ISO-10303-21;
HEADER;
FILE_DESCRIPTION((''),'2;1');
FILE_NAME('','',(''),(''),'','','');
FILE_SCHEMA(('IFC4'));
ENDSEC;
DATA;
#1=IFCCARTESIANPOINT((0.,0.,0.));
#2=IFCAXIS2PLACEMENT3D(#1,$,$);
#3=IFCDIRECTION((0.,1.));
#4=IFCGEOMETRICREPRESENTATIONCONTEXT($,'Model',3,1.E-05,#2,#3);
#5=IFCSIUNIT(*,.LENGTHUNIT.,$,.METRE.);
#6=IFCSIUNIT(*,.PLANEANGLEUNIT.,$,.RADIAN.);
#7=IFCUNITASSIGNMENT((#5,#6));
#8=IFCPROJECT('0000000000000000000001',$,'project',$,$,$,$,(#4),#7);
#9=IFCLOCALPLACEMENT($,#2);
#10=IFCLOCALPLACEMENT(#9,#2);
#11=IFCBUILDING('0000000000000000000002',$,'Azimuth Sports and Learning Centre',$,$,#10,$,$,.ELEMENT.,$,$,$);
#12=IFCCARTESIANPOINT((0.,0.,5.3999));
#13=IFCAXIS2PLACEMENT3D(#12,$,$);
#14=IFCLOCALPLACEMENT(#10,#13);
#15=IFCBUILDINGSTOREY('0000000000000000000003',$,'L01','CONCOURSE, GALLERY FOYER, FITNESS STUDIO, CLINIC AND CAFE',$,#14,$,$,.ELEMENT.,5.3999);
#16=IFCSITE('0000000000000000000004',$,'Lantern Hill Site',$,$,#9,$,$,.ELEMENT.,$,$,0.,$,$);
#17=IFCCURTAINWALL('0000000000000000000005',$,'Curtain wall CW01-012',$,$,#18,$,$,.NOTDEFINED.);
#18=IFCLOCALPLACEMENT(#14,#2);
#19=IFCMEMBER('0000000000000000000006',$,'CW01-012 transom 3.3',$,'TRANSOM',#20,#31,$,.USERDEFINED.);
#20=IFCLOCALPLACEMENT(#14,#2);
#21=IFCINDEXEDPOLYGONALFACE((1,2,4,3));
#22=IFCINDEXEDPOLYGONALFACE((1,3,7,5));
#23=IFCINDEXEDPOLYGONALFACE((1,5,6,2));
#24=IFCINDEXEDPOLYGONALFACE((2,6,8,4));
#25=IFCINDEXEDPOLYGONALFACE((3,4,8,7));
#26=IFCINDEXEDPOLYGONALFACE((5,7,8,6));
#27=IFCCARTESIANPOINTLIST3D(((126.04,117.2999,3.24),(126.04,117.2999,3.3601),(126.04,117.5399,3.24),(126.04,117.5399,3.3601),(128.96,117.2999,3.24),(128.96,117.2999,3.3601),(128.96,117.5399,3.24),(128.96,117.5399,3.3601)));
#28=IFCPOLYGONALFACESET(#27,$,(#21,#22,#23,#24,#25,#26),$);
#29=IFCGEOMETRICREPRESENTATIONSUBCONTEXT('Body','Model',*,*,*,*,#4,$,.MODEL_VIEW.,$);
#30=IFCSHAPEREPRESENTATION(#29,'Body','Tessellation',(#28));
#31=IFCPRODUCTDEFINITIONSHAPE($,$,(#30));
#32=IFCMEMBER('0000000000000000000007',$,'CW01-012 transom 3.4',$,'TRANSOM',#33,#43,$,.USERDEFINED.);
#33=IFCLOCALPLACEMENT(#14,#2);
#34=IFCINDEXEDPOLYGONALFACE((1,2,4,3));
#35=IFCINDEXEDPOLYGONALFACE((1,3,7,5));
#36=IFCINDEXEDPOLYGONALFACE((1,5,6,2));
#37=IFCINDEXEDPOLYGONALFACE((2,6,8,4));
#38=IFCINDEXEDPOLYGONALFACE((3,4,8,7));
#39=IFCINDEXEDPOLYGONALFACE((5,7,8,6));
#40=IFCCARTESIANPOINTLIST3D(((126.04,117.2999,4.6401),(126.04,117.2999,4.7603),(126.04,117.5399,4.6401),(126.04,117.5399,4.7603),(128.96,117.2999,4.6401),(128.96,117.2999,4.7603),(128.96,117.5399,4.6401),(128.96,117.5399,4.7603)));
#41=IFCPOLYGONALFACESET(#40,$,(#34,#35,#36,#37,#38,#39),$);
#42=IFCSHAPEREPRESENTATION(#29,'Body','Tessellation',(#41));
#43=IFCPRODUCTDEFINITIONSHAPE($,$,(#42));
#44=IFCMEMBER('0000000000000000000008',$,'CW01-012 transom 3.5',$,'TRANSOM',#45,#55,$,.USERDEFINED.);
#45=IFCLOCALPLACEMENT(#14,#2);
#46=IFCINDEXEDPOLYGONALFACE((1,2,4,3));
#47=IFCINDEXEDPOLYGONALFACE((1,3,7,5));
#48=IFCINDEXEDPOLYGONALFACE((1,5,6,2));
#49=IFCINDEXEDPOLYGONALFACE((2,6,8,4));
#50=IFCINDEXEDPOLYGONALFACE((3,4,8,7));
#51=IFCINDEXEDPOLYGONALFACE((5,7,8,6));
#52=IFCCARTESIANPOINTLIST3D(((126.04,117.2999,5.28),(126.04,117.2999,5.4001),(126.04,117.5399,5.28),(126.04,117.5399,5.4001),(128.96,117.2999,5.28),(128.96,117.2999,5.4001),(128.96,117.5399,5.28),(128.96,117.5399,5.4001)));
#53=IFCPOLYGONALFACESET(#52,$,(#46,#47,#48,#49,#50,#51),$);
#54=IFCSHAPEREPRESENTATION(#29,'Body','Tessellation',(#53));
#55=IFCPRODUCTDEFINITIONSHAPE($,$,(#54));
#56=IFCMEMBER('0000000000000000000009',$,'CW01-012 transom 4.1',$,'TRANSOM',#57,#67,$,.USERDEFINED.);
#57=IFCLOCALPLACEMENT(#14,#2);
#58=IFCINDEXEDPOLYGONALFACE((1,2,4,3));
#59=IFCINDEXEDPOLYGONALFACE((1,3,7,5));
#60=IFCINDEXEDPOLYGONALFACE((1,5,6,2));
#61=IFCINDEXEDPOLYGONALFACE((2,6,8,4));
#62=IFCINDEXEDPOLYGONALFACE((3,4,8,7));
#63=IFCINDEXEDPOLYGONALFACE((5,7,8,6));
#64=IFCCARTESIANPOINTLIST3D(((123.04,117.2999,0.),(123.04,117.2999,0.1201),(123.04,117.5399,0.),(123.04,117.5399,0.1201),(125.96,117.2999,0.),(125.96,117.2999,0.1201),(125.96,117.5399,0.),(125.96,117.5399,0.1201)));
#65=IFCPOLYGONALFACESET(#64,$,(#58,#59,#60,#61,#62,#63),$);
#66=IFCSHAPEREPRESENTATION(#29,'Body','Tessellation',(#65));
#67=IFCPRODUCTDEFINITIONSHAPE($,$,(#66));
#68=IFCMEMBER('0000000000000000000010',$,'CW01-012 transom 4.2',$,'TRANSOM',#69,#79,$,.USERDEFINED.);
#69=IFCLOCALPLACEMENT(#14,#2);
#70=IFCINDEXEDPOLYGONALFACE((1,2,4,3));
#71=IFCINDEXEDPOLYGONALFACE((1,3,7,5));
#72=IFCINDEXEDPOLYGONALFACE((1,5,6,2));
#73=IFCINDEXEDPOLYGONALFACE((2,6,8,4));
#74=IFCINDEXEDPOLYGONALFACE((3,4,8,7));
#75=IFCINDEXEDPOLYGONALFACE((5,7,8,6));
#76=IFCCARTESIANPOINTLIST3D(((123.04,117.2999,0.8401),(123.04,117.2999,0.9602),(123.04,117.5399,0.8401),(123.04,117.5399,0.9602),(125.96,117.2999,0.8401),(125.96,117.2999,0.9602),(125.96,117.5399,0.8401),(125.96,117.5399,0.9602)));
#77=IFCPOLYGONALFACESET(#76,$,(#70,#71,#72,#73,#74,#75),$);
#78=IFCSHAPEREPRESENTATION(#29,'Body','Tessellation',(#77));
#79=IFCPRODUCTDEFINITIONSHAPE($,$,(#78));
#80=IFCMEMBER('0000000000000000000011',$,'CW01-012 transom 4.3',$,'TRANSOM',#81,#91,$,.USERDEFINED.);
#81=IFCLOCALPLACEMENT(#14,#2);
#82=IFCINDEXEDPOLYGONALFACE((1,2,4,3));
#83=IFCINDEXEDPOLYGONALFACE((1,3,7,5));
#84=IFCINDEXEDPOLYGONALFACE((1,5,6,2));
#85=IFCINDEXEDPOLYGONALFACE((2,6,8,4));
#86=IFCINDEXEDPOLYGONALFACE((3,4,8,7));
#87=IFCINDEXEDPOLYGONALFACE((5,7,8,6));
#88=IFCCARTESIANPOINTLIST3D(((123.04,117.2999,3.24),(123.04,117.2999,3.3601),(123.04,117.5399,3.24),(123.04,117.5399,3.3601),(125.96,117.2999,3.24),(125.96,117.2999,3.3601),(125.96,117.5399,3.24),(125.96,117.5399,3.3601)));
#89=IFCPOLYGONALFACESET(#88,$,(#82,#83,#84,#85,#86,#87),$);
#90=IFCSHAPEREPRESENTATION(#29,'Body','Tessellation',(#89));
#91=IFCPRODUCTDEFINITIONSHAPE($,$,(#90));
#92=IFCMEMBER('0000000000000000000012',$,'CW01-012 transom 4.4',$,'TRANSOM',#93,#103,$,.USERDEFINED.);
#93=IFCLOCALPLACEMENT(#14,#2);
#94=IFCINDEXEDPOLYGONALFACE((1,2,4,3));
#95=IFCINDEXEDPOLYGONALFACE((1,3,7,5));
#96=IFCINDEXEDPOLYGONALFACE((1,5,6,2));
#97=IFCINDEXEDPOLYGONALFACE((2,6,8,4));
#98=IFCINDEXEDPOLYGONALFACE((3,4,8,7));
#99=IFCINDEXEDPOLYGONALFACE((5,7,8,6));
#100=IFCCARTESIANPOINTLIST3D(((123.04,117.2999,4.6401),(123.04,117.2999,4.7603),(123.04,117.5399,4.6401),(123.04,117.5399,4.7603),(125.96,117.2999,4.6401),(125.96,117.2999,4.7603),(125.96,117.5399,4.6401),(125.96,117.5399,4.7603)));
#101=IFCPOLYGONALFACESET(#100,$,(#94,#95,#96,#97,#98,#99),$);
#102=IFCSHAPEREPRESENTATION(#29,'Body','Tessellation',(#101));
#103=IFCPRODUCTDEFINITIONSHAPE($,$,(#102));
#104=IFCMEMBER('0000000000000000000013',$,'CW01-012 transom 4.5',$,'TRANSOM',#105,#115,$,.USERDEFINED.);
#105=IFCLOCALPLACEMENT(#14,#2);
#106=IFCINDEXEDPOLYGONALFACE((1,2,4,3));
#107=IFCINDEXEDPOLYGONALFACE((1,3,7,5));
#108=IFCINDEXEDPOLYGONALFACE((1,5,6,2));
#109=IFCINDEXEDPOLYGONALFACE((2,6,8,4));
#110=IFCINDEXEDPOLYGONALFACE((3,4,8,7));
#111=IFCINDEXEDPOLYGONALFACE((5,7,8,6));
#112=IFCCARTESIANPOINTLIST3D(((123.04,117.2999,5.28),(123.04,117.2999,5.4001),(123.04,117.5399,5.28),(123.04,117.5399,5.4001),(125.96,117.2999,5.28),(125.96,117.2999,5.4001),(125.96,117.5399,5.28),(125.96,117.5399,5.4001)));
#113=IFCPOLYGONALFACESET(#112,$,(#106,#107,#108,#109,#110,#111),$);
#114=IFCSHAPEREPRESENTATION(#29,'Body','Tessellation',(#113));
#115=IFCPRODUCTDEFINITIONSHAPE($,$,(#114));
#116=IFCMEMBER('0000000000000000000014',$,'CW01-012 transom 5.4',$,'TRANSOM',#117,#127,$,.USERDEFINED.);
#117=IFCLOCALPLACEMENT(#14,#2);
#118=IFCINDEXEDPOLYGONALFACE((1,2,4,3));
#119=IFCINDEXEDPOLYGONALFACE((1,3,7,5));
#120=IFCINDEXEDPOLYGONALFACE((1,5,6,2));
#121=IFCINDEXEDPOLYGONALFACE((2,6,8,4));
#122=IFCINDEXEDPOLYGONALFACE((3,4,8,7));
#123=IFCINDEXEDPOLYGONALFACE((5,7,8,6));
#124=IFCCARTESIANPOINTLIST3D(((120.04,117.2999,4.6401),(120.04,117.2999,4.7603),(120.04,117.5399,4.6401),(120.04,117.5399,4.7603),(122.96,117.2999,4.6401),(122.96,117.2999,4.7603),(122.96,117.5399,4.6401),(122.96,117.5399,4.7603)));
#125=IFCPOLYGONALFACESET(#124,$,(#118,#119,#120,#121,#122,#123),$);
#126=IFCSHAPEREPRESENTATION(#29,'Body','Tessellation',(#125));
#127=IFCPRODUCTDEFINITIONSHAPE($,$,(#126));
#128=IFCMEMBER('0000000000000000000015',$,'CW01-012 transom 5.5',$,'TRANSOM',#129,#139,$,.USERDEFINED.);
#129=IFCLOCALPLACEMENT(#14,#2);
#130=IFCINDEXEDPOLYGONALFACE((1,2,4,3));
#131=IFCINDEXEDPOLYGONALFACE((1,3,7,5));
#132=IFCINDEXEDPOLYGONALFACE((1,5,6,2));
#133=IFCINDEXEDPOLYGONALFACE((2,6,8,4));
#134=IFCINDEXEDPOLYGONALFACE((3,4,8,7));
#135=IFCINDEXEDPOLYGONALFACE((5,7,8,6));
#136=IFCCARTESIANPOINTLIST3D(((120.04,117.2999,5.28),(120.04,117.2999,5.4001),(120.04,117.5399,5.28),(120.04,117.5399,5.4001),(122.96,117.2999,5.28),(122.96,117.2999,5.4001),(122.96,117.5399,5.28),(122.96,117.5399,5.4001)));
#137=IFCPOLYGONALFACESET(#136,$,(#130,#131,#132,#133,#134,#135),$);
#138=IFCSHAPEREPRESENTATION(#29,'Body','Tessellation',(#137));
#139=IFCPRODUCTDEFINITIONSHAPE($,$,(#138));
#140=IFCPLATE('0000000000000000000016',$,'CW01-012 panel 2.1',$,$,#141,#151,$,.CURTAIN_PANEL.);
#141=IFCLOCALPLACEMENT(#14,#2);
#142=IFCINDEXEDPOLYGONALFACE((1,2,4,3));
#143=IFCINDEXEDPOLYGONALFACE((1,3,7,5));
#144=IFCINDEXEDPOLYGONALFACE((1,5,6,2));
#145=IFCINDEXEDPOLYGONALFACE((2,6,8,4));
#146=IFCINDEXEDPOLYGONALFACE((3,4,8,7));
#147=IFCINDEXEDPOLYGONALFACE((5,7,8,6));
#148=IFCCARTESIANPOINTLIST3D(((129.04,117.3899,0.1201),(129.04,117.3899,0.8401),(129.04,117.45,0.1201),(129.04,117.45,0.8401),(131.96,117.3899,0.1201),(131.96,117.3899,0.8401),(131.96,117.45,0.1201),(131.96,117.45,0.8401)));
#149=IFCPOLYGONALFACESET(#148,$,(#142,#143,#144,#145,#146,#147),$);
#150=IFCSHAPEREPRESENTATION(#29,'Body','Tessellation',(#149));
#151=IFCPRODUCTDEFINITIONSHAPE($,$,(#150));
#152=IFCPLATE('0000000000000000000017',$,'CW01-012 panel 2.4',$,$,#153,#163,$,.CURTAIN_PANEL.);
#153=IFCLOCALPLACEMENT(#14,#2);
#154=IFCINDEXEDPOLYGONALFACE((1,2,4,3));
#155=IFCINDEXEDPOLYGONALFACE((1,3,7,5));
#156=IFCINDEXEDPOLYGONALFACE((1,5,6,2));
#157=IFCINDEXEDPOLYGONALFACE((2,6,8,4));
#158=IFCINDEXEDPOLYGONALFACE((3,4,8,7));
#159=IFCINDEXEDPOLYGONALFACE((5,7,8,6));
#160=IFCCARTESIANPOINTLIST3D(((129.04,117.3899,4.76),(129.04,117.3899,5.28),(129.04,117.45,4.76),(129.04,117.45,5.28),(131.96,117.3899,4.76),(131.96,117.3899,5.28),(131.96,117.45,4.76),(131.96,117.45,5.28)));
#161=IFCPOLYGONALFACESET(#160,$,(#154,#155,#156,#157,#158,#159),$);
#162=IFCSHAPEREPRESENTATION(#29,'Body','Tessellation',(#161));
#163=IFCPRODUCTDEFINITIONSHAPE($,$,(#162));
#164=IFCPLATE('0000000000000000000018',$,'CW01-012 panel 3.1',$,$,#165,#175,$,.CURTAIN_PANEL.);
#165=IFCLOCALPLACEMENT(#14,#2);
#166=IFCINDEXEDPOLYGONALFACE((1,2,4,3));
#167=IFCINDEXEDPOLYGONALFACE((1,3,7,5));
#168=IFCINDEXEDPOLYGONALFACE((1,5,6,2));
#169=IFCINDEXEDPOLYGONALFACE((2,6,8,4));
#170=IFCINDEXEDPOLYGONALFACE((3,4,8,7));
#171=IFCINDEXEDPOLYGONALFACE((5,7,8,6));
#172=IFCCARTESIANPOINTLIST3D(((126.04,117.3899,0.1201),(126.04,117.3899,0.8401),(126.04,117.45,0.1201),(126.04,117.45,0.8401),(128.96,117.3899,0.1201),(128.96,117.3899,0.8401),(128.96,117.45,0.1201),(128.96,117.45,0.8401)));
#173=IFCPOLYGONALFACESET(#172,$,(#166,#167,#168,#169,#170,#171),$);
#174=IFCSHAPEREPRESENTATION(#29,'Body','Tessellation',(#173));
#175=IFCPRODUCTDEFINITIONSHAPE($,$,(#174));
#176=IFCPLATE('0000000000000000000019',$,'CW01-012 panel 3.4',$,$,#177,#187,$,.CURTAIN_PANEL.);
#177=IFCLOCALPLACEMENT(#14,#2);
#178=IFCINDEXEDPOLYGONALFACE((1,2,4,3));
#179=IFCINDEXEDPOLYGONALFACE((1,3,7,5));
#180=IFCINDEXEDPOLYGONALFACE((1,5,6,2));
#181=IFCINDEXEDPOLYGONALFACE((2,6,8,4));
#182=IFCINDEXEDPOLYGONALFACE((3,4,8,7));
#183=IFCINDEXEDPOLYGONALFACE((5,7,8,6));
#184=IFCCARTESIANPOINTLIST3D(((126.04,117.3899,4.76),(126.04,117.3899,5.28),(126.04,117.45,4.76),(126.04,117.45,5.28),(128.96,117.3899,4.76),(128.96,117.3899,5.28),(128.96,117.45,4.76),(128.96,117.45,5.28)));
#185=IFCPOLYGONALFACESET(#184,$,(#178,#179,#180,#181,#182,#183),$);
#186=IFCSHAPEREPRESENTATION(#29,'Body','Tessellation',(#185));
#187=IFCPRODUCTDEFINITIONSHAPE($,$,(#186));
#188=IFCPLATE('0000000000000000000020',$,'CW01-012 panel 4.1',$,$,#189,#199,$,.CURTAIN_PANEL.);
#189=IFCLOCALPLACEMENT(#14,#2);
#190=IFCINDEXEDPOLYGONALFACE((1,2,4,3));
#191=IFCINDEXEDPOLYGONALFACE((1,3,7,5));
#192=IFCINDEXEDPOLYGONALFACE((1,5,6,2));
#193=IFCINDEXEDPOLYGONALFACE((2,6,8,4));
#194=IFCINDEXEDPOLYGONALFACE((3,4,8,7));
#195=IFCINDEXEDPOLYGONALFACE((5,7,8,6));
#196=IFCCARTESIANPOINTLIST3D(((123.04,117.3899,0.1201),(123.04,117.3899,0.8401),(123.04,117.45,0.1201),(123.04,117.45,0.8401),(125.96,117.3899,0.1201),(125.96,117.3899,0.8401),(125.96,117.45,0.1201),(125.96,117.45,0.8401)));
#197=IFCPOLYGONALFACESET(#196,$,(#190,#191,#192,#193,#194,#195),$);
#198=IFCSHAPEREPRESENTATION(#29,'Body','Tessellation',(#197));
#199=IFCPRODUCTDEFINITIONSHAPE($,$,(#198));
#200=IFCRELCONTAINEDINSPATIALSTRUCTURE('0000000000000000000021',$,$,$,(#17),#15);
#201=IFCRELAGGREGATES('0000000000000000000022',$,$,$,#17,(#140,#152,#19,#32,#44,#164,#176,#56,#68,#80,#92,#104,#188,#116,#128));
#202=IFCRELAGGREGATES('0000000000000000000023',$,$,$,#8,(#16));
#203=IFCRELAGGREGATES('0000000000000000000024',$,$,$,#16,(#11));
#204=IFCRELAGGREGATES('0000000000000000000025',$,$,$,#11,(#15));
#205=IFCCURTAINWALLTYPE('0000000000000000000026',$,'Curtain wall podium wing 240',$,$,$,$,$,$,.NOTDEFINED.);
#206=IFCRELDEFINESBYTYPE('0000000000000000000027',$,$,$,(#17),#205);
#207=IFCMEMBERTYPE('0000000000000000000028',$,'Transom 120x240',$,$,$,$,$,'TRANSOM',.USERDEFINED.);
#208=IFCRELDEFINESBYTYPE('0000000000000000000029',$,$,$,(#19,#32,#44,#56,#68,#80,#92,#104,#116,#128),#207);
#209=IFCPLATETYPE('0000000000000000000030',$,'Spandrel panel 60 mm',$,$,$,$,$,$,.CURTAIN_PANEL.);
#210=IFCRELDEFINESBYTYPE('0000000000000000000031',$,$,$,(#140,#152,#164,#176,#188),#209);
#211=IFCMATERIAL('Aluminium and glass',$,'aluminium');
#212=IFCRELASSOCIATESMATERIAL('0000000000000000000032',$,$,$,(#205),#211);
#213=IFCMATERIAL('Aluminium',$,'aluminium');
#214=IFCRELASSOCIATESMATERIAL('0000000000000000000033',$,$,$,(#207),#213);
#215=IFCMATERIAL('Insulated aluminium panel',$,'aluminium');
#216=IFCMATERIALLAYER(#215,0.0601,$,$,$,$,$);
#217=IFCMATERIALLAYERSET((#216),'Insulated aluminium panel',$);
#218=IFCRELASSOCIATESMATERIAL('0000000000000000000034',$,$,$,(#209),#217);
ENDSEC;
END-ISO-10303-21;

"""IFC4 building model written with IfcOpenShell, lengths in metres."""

from ifc_helpers import new_model, si_unit, direction, frame, origin, origin_2d, place, context, subcontext, project, spatial, rectangle, extrude, material, layer, layer_set, material_profile, profile_set, type_object, element, aggregate, save


model = new_model("IFC4")

# Units and contexts
model_context = context("Model", 3, precision=1e-05, world=origin(), true_north=direction((0.0, 1.0)))
body_context = subcontext(model_context, "Body", "Model", "MODEL_VIEW")
ifc_project = project(units=[si_unit("LENGTHUNIT", "METRE"), si_unit("PLANEANGLEUNIT", "RADIAN")], contexts=[model_context])

# Site, building, storey
site_placement = place(None, origin())
site = spatial("IfcSite", under=ifc_project, at=site_placement, Name="Lantern Hill Site", CompositionType="ELEMENT", RefElevation=0.0)
building_placement = place(site_placement, origin())
building = spatial("IfcBuilding", under=site, at=building_placement, Name="Azimuth Sports and Learning Centre", CompositionType="ELEMENT")
storey_placement = place(building_placement, frame((0.0, 0.0, 5.3999)))
storey = spatial("IfcBuildingStorey", under=building, at=storey_placement, Name="L01", Description="CONCOURSE, GALLERY FOYER, FITNESS STUDIO, CLINIC AND CAFE", CompositionType="ELEMENT", Elevation=5.3999)

# Curtain wall, members, plates
ifc_material_1 = material(Name="Aluminium and glass", Category="aluminium")
curtain_wall_type = type_object("IfcCurtainWallType", Name="Curtain wall podium wing 240", PredefinedType="NOTDEFINED", material=ifc_material_1)
curtain_wall_placement = place(storey_placement, origin())
curtain_wall = element("IfcCurtainWall", 1, at=curtain_wall_placement, inside=storey, type_object=curtain_wall_type, Name="Curtain wall CW01-012", PredefinedType="NOTDEFINED")
ifc_material_2 = material(Name="Aluminium", Category="aluminium")
ifc_material_profile_1 = material_profile(ifc_material_2, rectangle(XDim=0.24, YDim=0.1201, at=origin_2d()), Name="Transom 120x240")
ifc_profile_set_1 = profile_set([ifc_material_profile_1], Name="Aluminium")
member_type_1 = type_object("IfcMemberType", Name="Transom 120x240", ElementType="TRANSOM", PredefinedType="USERDEFINED", material=ifc_profile_set_1)
member_1_placement = place(storey_placement, frame((128.96, 117.4199, 3.3), z_axis=(-1.0, 0.0, 0.0), x_axis=(0.0, -1.0, 0.0)))
member_1 = element("IfcMember", 2, at=member_1_placement, type_object=member_type_1, Name="CW01-012 transom 3.3", ObjectType="TRANSOM", PredefinedType="USERDEFINED", context=body_context, shape_type="SweptSolid", body=[
    extrude(rectangle(XDim=0.24, YDim=0.1201, at=origin_2d()), origin(), (0.0, 0.0, 1.0), 2.9199),
])
member_2_placement = place(storey_placement, frame((128.96, 117.4199, 4.7002), z_axis=(-1.0, 0.0, 0.0), x_axis=(0.0, -1.0, 0.0)))
member_2 = element("IfcMember", 3, at=member_2_placement, type_object=member_type_1, Name="CW01-012 transom 3.4", ObjectType="TRANSOM", PredefinedType="USERDEFINED", context=body_context, shape_type="SweptSolid", body=[
    extrude(rectangle(XDim=0.24, YDim=0.1201, at=origin_2d()), origin(), (0.0, 0.0, 1.0), 2.9199),
])
member_3_placement = place(storey_placement, frame((128.96, 117.4199, 5.3401), z_axis=(-1.0, 0.0, 0.0), x_axis=(0.0, -1.0, 0.0)))
member_3 = element("IfcMember", 4, at=member_3_placement, type_object=member_type_1, Name="CW01-012 transom 3.5", ObjectType="TRANSOM", PredefinedType="USERDEFINED", context=body_context, shape_type="SweptSolid", body=[
    extrude(rectangle(XDim=0.24, YDim=0.1201, at=origin_2d()), origin(), (0.0, 0.0, 1.0), 2.9199),
])
member_4_placement = place(storey_placement, frame((125.96, 117.4199, 0.0601), z_axis=(-1.0, 0.0, 0.0), x_axis=(0.0, -1.0, 0.0)))
member_4 = element("IfcMember", 5, at=member_4_placement, type_object=member_type_1, Name="CW01-012 transom 4.1", ObjectType="TRANSOM", PredefinedType="USERDEFINED", context=body_context, shape_type="SweptSolid", body=[
    extrude(rectangle(XDim=0.24, YDim=0.1201, at=origin_2d()), origin(), (0.0, 0.0, 1.0), 2.9199),
])
member_5_placement = place(storey_placement, frame((125.96, 117.4199, 0.9001), z_axis=(-1.0, 0.0, 0.0), x_axis=(0.0, -1.0, 0.0)))
member_5 = element("IfcMember", 6, at=member_5_placement, type_object=member_type_1, Name="CW01-012 transom 4.2", ObjectType="TRANSOM", PredefinedType="USERDEFINED", context=body_context, shape_type="SweptSolid", body=[
    extrude(rectangle(XDim=0.24, YDim=0.1201, at=origin_2d()), origin(), (0.0, 0.0, 1.0), 2.9199),
])
member_6_placement = place(storey_placement, frame((125.96, 117.4199, 3.3), z_axis=(-1.0, 0.0, 0.0), x_axis=(0.0, -1.0, 0.0)))
member_6 = element("IfcMember", 7, at=member_6_placement, type_object=member_type_1, Name="CW01-012 transom 4.3", ObjectType="TRANSOM", PredefinedType="USERDEFINED", context=body_context, shape_type="SweptSolid", body=[
    extrude(rectangle(XDim=0.24, YDim=0.1201, at=origin_2d()), origin(), (0.0, 0.0, 1.0), 2.9199),
])
member_7_placement = place(storey_placement, frame((125.96, 117.4199, 4.7002), z_axis=(-1.0, 0.0, 0.0), x_axis=(0.0, -1.0, 0.0)))
member_7 = element("IfcMember", 8, at=member_7_placement, type_object=member_type_1, Name="CW01-012 transom 4.4", ObjectType="TRANSOM", PredefinedType="USERDEFINED", context=body_context, shape_type="SweptSolid", body=[
    extrude(rectangle(XDim=0.24, YDim=0.1201, at=origin_2d()), origin(), (0.0, 0.0, 1.0), 2.9199),
])
member_8_placement = place(storey_placement, frame((125.96, 117.4199, 5.3401), z_axis=(-1.0, 0.0, 0.0), x_axis=(0.0, -1.0, 0.0)))
member_8 = element("IfcMember", 9, at=member_8_placement, type_object=member_type_1, Name="CW01-012 transom 4.5", ObjectType="TRANSOM", PredefinedType="USERDEFINED", context=body_context, shape_type="SweptSolid", body=[
    extrude(rectangle(XDim=0.24, YDim=0.1201, at=origin_2d()), origin(), (0.0, 0.0, 1.0), 2.9199),
])
member_9_placement = place(storey_placement, frame((122.96, 117.4199, 4.7002), z_axis=(-1.0, 0.0, 0.0), x_axis=(0.0, -1.0, 0.0)))
member_9 = element("IfcMember", 10, at=member_9_placement, type_object=member_type_1, Name="CW01-012 transom 5.4", ObjectType="TRANSOM", PredefinedType="USERDEFINED", context=body_context, shape_type="SweptSolid", body=[
    extrude(rectangle(XDim=0.24, YDim=0.1201, at=origin_2d()), origin(), (0.0, 0.0, 1.0), 2.9199),
])
member_10_placement = place(storey_placement, frame((122.96, 117.4199, 5.3401), z_axis=(-1.0, 0.0, 0.0), x_axis=(0.0, -1.0, 0.0)))
member_10 = element("IfcMember", 11, at=member_10_placement, type_object=member_type_1, Name="CW01-012 transom 5.5", ObjectType="TRANSOM", PredefinedType="USERDEFINED", context=body_context, shape_type="SweptSolid", body=[
    extrude(rectangle(XDim=0.24, YDim=0.1201, at=origin_2d()), origin(), (0.0, 0.0, 1.0), 2.9199),
])
ifc_material_3 = material(Name="Insulated aluminium panel", Category="aluminium")
ifc_layer_1 = layer(ifc_material_3, 0.0601)
ifc_layer_set_1 = layer_set([ifc_layer_1], Name="Insulated aluminium panel")
plate_type_1 = type_object("IfcPlateType", Name="Spandrel panel 60 mm", PredefinedType="CURTAIN_PANEL", material=ifc_layer_set_1)
plate_1_placement = place(storey_placement, frame((130.5, 117.4199, 0.1201), z_axis=(0.0, 0.0, 1.0), x_axis=(-1.0, 0.0, 0.0)))
plate_1 = element("IfcPlate", 12, at=plate_1_placement, type_object=plate_type_1, Name="CW01-012 panel 2.1", PredefinedType="CURTAIN_PANEL", context=body_context, shape_type="SweptSolid", body=[
    extrude(rectangle(XDim=2.9199, YDim=0.0601, at=origin_2d()), origin(), (0.0, 0.0, 1.0), 0.72),
])
plate_2_placement = place(storey_placement, frame((130.5, 117.4199, 4.76), z_axis=(0.0, 0.0, 1.0), x_axis=(-1.0, 0.0, 0.0)))
plate_2 = element("IfcPlate", 13, at=plate_2_placement, type_object=plate_type_1, Name="CW01-012 panel 2.4", PredefinedType="CURTAIN_PANEL", context=body_context, shape_type="SweptSolid", body=[
    extrude(rectangle(XDim=2.9199, YDim=0.0601, at=origin_2d()), origin(), (0.0, 0.0, 1.0), 0.52),
])
plate_3_placement = place(storey_placement, frame((127.5, 117.4199, 0.1201), z_axis=(0.0, 0.0, 1.0), x_axis=(-1.0, 0.0, 0.0)))
plate_3 = element("IfcPlate", 14, at=plate_3_placement, type_object=plate_type_1, Name="CW01-012 panel 3.1", PredefinedType="CURTAIN_PANEL", context=body_context, shape_type="SweptSolid", body=[
    extrude(rectangle(XDim=2.9199, YDim=0.0601, at=origin_2d()), origin(), (0.0, 0.0, 1.0), 0.72),
])
plate_4_placement = place(storey_placement, frame((127.5, 117.4199, 4.76), z_axis=(0.0, 0.0, 1.0), x_axis=(-1.0, 0.0, 0.0)))
plate_4 = element("IfcPlate", 15, at=plate_4_placement, type_object=plate_type_1, Name="CW01-012 panel 3.4", PredefinedType="CURTAIN_PANEL", context=body_context, shape_type="SweptSolid", body=[
    extrude(rectangle(XDim=2.9199, YDim=0.0601, at=origin_2d()), origin(), (0.0, 0.0, 1.0), 0.52),
])
plate_5_placement = place(storey_placement, frame((124.5, 117.4199, 0.1201), z_axis=(0.0, 0.0, 1.0), x_axis=(-1.0, 0.0, 0.0)))
plate_5 = element("IfcPlate", 16, at=plate_5_placement, type_object=plate_type_1, Name="CW01-012 panel 4.1", PredefinedType="CURTAIN_PANEL", context=body_context, shape_type="SweptSolid", body=[
    extrude(rectangle(XDim=2.9199, YDim=0.0601, at=origin_2d()), origin(), (0.0, 0.0, 1.0), 0.72),
])
aggregate(curtain_wall, [plate_1, plate_2, member_1, member_2, member_3, plate_3, plate_4, member_4, member_5, member_6, member_7, member_8, plate_5, member_9, member_10])

save(model, "model.ifc")
